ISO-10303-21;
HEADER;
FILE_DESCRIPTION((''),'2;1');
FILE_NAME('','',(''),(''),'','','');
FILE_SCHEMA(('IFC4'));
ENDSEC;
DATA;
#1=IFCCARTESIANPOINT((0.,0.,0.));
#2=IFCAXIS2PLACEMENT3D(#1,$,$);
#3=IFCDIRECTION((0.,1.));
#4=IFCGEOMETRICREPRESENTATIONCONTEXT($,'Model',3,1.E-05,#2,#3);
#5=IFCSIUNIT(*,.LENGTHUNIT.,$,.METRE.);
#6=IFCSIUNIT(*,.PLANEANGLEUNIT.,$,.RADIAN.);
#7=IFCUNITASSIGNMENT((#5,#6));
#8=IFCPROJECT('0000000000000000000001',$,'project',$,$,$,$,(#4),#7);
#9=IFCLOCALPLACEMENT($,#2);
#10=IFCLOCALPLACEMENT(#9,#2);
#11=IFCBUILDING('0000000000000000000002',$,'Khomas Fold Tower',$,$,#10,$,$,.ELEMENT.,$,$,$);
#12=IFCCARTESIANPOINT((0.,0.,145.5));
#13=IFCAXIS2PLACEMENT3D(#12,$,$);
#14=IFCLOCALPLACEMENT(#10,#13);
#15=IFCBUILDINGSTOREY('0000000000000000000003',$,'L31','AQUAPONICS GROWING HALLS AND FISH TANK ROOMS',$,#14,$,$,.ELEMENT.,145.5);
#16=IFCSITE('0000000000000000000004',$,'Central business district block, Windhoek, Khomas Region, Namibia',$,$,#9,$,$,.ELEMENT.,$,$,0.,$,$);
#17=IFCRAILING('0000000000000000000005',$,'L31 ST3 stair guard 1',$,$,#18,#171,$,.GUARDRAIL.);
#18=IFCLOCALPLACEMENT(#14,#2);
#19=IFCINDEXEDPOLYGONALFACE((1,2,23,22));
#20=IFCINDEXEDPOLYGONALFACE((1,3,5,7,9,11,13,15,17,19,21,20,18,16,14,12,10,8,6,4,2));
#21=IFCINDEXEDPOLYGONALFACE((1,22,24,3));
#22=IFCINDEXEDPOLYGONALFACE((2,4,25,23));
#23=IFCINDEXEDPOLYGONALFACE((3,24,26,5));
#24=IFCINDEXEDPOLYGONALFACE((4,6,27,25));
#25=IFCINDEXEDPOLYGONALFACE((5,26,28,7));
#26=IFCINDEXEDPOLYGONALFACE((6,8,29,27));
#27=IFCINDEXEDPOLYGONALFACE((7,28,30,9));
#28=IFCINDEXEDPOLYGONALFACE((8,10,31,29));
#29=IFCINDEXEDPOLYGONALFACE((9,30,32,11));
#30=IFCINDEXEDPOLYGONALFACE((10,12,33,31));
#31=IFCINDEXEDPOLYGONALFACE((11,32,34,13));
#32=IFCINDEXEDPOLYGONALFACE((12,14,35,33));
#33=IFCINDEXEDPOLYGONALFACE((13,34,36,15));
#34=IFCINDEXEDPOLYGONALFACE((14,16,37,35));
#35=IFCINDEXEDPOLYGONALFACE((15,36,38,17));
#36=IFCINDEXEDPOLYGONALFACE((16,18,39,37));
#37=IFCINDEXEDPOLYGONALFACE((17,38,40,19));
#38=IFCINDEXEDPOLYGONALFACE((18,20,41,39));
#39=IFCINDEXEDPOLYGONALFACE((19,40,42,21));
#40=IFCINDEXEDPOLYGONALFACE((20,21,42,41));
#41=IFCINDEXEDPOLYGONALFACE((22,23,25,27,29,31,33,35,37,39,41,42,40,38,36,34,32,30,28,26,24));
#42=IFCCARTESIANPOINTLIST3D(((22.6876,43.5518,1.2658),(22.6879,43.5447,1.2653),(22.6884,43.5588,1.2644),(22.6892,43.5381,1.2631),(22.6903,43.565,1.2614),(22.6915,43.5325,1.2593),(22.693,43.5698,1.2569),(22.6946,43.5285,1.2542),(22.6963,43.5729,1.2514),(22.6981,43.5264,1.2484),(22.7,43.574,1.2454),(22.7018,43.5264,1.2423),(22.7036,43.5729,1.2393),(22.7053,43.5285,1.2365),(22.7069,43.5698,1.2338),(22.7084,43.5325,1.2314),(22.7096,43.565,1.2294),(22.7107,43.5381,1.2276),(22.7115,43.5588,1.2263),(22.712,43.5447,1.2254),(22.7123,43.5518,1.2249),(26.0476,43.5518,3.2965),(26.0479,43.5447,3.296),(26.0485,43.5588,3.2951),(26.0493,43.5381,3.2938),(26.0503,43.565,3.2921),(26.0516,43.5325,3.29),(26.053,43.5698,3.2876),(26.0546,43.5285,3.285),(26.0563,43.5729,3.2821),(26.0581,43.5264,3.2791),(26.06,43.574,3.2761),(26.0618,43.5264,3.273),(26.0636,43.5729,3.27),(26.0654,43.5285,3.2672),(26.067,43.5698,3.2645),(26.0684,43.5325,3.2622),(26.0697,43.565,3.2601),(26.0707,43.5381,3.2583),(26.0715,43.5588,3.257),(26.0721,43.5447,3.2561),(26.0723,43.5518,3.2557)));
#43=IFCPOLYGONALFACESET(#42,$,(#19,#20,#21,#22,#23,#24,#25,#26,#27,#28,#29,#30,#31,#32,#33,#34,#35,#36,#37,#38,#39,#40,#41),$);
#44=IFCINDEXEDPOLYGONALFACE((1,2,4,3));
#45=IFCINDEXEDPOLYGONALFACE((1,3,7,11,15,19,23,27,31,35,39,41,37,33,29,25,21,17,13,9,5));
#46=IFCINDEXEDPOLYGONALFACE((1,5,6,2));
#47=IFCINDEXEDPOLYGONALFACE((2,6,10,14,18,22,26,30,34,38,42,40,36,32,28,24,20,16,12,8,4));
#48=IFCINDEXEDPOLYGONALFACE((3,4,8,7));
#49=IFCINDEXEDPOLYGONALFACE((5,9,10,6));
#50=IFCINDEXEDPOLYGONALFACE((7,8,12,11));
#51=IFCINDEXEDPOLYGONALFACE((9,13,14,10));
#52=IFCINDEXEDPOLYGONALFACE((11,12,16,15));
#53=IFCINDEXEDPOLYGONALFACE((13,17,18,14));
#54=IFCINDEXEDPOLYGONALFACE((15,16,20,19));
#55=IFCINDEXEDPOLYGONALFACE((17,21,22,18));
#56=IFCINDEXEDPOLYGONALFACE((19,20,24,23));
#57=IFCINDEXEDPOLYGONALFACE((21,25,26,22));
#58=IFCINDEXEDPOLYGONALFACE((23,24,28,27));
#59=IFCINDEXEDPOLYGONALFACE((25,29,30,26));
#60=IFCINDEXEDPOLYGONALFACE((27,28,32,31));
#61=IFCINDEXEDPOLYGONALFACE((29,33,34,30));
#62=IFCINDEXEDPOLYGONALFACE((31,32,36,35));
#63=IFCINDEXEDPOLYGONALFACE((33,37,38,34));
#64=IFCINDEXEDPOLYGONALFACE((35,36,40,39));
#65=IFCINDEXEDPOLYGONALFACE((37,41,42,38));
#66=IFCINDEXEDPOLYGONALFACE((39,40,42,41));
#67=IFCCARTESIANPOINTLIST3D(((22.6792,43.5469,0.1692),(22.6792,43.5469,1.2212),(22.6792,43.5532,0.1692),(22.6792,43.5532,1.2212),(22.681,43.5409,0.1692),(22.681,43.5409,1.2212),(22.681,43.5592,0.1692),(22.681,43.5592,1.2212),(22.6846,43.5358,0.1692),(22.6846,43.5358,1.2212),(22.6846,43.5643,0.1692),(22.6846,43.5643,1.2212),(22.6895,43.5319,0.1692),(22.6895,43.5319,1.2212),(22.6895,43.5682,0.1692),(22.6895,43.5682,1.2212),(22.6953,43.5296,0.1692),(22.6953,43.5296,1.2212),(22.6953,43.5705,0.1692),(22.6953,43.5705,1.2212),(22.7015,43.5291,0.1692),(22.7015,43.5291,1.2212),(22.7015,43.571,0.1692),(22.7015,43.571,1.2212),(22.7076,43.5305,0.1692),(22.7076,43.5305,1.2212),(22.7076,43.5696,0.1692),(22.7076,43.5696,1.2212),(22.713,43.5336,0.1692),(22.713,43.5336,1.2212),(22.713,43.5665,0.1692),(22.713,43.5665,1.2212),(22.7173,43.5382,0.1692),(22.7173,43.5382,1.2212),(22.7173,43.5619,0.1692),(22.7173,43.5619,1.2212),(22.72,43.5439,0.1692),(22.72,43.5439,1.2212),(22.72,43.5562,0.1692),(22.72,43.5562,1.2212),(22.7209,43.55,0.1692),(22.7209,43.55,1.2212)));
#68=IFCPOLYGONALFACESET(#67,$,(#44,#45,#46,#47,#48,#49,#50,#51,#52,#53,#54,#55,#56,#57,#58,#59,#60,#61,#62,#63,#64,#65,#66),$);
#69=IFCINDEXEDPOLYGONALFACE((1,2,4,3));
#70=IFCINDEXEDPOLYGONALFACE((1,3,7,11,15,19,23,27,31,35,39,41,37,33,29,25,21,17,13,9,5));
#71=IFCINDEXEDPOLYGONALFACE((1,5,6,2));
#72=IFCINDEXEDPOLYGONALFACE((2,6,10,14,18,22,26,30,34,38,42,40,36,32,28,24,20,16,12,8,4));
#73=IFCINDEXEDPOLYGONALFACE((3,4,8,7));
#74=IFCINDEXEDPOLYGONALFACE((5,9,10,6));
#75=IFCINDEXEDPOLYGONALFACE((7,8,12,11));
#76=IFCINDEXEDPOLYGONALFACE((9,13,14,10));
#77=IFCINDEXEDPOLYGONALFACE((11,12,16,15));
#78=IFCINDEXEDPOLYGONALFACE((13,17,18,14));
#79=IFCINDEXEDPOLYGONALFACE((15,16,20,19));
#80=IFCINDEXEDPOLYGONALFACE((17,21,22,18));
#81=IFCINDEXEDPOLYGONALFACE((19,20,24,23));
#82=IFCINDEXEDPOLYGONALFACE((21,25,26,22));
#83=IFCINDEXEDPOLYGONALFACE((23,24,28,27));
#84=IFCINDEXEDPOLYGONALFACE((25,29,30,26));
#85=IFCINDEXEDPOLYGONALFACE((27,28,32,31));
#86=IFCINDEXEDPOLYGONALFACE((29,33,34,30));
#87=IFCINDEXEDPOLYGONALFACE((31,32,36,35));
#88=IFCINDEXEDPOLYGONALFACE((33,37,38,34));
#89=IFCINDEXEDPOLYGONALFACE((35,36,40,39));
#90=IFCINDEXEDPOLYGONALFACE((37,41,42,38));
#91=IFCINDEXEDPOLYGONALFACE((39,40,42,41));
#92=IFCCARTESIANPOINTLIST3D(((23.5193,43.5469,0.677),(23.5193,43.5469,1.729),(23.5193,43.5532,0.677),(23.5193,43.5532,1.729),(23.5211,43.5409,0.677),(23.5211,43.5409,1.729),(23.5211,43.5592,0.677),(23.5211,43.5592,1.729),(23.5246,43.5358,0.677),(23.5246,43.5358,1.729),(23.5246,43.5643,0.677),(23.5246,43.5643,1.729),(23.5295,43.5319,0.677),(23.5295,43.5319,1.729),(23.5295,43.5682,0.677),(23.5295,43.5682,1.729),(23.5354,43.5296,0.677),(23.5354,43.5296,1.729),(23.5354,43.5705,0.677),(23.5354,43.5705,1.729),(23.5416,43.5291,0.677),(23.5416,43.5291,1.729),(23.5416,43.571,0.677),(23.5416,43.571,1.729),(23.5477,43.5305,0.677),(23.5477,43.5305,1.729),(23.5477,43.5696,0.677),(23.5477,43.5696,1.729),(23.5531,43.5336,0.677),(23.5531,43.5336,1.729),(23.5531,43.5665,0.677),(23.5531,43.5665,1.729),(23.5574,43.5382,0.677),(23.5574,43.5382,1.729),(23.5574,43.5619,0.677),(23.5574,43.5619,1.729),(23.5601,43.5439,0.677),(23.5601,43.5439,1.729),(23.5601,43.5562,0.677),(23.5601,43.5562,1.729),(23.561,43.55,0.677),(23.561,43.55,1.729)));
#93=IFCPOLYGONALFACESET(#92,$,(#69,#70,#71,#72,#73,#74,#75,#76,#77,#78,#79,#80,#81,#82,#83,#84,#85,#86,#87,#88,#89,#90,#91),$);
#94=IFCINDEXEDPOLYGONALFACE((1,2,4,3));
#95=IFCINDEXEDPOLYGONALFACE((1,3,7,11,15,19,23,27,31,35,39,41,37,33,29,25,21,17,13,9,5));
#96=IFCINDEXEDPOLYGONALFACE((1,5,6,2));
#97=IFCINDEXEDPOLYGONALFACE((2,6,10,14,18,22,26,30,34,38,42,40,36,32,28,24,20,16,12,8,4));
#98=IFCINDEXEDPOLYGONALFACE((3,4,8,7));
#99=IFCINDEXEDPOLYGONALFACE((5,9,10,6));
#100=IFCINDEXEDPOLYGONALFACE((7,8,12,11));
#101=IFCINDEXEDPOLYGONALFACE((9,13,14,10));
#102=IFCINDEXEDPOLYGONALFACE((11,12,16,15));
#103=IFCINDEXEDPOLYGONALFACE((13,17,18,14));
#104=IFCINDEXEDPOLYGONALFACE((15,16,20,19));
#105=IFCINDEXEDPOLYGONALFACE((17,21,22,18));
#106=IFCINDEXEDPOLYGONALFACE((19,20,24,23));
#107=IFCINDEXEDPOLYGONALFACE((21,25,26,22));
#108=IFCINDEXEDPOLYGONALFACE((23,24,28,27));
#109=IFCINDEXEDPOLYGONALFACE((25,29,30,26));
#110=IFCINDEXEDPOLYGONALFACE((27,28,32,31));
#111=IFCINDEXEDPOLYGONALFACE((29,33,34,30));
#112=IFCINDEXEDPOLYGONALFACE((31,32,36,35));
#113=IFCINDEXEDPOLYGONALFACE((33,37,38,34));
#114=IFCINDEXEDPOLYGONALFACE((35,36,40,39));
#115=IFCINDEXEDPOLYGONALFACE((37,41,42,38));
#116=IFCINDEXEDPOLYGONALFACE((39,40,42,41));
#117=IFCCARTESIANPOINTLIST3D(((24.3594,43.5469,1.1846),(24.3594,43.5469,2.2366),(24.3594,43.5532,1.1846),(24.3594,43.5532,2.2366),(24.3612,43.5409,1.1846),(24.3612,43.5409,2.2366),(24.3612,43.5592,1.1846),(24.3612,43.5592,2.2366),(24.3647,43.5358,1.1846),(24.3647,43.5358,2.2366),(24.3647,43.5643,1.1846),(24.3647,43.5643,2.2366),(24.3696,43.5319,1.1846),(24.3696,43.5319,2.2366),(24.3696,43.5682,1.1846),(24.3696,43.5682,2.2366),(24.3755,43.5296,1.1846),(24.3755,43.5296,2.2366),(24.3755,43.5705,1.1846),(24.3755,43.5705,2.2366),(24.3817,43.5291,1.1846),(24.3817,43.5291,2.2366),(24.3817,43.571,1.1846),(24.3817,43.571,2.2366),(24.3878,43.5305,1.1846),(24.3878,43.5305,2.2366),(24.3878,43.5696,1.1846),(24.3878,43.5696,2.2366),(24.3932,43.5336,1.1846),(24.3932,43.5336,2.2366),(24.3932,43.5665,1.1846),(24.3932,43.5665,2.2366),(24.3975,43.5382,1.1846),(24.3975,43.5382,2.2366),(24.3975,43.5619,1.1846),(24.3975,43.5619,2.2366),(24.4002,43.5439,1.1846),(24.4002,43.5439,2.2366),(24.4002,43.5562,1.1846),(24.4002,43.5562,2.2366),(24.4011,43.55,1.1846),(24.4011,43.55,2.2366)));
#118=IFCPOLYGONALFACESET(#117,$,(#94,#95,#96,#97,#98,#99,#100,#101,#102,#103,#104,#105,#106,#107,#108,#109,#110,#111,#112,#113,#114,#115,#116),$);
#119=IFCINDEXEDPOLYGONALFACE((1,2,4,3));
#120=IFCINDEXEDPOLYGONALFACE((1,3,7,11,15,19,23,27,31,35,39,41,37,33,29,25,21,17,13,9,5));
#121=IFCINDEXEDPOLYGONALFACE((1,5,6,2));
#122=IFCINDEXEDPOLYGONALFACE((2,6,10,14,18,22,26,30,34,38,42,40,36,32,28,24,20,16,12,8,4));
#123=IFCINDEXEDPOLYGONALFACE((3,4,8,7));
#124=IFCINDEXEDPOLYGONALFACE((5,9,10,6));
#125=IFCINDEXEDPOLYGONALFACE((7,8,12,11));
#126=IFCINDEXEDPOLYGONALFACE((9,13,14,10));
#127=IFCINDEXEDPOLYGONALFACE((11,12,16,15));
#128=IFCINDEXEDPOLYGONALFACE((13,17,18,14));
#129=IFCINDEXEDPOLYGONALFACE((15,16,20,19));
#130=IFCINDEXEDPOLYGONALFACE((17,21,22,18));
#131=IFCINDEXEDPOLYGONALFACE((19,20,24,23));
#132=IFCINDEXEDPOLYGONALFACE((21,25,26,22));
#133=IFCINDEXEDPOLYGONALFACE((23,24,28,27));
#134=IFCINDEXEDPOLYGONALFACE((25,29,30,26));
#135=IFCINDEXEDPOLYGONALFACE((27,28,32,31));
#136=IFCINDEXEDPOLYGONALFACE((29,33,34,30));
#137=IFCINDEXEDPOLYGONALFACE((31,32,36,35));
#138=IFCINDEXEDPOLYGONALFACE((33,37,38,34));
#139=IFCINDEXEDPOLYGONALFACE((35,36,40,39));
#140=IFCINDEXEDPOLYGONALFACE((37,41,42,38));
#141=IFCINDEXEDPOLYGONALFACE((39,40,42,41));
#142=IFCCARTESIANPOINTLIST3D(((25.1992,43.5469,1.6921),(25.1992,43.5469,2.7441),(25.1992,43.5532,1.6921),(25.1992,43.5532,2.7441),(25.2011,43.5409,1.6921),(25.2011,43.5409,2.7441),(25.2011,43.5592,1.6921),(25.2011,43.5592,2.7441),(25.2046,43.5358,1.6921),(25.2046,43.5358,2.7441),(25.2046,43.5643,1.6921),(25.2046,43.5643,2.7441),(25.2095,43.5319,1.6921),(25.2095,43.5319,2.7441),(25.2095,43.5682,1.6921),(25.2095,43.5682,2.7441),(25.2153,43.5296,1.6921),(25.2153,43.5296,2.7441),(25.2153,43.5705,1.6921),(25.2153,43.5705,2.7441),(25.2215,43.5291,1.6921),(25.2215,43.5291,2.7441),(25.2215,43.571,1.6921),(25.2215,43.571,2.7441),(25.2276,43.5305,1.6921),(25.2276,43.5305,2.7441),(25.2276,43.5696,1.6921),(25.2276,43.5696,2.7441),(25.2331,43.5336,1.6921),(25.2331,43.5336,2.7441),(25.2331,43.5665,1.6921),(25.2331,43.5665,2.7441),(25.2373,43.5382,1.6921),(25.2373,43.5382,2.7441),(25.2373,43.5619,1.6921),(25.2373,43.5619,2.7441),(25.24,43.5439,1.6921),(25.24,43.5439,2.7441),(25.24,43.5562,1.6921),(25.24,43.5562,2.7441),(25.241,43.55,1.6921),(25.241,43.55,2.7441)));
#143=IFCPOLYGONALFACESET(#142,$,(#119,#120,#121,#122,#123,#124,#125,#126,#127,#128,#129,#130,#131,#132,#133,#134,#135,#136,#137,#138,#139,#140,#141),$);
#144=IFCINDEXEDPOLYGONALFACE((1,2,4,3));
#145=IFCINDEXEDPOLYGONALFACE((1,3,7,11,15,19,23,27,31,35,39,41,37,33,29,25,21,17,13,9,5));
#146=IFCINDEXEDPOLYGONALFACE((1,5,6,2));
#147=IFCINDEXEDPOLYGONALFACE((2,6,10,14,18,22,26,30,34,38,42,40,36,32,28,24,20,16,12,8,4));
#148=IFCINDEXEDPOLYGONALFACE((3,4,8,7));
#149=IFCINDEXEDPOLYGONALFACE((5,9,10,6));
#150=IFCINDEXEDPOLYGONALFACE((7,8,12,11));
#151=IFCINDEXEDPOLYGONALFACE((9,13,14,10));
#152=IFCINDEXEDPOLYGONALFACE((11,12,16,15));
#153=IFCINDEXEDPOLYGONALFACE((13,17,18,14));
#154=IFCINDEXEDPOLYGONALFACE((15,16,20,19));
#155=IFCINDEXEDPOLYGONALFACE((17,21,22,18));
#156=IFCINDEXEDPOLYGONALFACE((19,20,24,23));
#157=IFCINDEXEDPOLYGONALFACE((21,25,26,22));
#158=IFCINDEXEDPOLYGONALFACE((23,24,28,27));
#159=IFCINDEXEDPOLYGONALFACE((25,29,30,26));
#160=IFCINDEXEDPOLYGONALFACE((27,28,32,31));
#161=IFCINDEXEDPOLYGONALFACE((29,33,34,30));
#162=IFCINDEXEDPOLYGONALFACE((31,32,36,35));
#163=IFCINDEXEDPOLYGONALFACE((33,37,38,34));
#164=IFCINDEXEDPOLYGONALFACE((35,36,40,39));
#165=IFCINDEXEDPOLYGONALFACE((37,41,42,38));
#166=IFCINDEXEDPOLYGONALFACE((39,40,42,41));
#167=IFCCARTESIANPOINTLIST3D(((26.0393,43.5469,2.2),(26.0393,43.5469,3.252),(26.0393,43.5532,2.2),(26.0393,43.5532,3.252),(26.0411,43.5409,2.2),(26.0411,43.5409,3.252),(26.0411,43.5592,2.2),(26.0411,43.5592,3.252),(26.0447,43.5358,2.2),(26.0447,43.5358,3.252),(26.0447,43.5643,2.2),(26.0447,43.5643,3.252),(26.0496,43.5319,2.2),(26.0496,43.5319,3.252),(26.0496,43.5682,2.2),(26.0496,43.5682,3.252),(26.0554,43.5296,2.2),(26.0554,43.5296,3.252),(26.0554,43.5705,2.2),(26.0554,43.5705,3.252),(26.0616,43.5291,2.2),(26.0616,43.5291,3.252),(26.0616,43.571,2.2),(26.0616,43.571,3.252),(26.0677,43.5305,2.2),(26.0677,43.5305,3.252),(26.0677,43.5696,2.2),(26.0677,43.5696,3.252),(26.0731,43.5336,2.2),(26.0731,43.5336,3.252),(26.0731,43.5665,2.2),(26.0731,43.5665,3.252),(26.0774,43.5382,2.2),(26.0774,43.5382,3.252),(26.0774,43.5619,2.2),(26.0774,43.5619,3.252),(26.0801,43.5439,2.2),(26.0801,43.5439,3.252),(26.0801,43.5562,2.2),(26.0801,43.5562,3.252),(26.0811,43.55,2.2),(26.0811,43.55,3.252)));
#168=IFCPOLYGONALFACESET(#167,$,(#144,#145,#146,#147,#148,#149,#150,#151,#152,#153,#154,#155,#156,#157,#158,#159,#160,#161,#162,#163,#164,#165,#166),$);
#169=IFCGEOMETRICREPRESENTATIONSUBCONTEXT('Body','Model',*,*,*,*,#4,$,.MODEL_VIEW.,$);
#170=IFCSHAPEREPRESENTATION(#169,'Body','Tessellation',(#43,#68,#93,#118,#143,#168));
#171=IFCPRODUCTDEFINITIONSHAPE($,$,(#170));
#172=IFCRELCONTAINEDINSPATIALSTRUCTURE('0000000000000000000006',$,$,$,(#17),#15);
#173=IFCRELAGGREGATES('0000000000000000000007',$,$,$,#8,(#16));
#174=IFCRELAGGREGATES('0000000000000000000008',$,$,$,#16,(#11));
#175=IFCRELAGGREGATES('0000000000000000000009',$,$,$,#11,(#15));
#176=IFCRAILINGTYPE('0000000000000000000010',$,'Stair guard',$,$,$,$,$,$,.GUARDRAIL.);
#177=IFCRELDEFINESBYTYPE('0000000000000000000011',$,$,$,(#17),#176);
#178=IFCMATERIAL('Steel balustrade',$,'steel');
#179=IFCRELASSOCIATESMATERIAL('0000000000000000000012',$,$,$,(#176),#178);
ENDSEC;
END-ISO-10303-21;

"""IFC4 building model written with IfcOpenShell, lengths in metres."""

from ifc_helpers import new_model, si_unit, direction, frame, origin, origin_2d, place, context, subcontext, project, spatial, circle, extrude, source, transform, mapped, material, type_object, element, save


model = new_model("IFC4")

# Units and contexts
model_context = context("Model", 3, precision=1e-05, world=origin(), true_north=direction((0.0, 1.0)))
body_context = subcontext(model_context, "Body", "Model", "MODEL_VIEW")
ifc_project = project(units=[si_unit("LENGTHUNIT", "METRE"), si_unit("PLANEANGLEUNIT", "RADIAN")], contexts=[model_context])

# Site, building, storey
site_placement = place(None, origin())
site = spatial("IfcSite", under=ifc_project, at=site_placement, Name="Central business district block, Windhoek, Khomas Region, Namibia", CompositionType="ELEMENT", RefElevation=0.0)
building_placement = place(site_placement, origin())
building = spatial("IfcBuilding", under=site, at=building_placement, Name="Khomas Fold Tower", CompositionType="ELEMENT")
storey_placement = place(building_placement, frame((0.0, 0.0, 145.5)))
storey = spatial("IfcBuildingStorey", under=building, at=storey_placement, Name="L31", Description="AQUAPONICS GROWING HALLS AND FISH TANK ROOMS", CompositionType="ELEMENT", Elevation=145.5)

# Railing
ifc_material_1 = material(Name="Steel balustrade", Category="steel")
railing_type_1 = type_object("IfcRailingType", Name="Stair guard", PredefinedType="GUARDRAIL", material=ifc_material_1)
shared_shape_1 = source(origin(), body_context, "Body", "SweptSolid", [
    extrude(circle(Radius=0.0239, at=origin_2d()), frame((0.0, 0.0, 1.0762), z_axis=(0.855837, 0.0, 0.517246), x_axis=(0.0, 1.0, 0.0)), (0.0, 0.0, 1.0), 3.926),
    extrude(circle(Radius=0.021, at=origin_2d()), origin(), (0.0, 0.0, 1.0), 1.052),
    extrude(circle(Radius=0.021, at=origin_2d()), frame((0.8401, 0.0, 0.5078)), (0.0, 0.0, 1.0), 1.052),
    extrude(circle(Radius=0.021, at=origin_2d()), frame((1.6802, 0.0, 1.0154)), (0.0, 0.0, 1.0), 1.052),
    extrude(circle(Radius=0.021, at=origin_2d()), frame((2.52, 0.0, 1.5229)), (0.0, 0.0, 1.0), 1.052),
    extrude(circle(Radius=0.021, at=origin_2d()), frame((3.3601, 0.0, 2.0308)), (0.0, 0.0, 1.0), 1.052),
])
railing_1_placement = place(storey_placement, frame((22.7, 43.55, 0.1692)))
element("IfcRailing", 1, at=railing_1_placement, inside=storey, type_object=railing_type_1, Name="L31 ST3 stair guard 1", PredefinedType="GUARDRAIL", context=body_context, shape_type="MappedRepresentation", body=[
    mapped(shared_shape_1, transform((0.0, 0.0, 0.0))),
])

save(model, "model.ifc")
